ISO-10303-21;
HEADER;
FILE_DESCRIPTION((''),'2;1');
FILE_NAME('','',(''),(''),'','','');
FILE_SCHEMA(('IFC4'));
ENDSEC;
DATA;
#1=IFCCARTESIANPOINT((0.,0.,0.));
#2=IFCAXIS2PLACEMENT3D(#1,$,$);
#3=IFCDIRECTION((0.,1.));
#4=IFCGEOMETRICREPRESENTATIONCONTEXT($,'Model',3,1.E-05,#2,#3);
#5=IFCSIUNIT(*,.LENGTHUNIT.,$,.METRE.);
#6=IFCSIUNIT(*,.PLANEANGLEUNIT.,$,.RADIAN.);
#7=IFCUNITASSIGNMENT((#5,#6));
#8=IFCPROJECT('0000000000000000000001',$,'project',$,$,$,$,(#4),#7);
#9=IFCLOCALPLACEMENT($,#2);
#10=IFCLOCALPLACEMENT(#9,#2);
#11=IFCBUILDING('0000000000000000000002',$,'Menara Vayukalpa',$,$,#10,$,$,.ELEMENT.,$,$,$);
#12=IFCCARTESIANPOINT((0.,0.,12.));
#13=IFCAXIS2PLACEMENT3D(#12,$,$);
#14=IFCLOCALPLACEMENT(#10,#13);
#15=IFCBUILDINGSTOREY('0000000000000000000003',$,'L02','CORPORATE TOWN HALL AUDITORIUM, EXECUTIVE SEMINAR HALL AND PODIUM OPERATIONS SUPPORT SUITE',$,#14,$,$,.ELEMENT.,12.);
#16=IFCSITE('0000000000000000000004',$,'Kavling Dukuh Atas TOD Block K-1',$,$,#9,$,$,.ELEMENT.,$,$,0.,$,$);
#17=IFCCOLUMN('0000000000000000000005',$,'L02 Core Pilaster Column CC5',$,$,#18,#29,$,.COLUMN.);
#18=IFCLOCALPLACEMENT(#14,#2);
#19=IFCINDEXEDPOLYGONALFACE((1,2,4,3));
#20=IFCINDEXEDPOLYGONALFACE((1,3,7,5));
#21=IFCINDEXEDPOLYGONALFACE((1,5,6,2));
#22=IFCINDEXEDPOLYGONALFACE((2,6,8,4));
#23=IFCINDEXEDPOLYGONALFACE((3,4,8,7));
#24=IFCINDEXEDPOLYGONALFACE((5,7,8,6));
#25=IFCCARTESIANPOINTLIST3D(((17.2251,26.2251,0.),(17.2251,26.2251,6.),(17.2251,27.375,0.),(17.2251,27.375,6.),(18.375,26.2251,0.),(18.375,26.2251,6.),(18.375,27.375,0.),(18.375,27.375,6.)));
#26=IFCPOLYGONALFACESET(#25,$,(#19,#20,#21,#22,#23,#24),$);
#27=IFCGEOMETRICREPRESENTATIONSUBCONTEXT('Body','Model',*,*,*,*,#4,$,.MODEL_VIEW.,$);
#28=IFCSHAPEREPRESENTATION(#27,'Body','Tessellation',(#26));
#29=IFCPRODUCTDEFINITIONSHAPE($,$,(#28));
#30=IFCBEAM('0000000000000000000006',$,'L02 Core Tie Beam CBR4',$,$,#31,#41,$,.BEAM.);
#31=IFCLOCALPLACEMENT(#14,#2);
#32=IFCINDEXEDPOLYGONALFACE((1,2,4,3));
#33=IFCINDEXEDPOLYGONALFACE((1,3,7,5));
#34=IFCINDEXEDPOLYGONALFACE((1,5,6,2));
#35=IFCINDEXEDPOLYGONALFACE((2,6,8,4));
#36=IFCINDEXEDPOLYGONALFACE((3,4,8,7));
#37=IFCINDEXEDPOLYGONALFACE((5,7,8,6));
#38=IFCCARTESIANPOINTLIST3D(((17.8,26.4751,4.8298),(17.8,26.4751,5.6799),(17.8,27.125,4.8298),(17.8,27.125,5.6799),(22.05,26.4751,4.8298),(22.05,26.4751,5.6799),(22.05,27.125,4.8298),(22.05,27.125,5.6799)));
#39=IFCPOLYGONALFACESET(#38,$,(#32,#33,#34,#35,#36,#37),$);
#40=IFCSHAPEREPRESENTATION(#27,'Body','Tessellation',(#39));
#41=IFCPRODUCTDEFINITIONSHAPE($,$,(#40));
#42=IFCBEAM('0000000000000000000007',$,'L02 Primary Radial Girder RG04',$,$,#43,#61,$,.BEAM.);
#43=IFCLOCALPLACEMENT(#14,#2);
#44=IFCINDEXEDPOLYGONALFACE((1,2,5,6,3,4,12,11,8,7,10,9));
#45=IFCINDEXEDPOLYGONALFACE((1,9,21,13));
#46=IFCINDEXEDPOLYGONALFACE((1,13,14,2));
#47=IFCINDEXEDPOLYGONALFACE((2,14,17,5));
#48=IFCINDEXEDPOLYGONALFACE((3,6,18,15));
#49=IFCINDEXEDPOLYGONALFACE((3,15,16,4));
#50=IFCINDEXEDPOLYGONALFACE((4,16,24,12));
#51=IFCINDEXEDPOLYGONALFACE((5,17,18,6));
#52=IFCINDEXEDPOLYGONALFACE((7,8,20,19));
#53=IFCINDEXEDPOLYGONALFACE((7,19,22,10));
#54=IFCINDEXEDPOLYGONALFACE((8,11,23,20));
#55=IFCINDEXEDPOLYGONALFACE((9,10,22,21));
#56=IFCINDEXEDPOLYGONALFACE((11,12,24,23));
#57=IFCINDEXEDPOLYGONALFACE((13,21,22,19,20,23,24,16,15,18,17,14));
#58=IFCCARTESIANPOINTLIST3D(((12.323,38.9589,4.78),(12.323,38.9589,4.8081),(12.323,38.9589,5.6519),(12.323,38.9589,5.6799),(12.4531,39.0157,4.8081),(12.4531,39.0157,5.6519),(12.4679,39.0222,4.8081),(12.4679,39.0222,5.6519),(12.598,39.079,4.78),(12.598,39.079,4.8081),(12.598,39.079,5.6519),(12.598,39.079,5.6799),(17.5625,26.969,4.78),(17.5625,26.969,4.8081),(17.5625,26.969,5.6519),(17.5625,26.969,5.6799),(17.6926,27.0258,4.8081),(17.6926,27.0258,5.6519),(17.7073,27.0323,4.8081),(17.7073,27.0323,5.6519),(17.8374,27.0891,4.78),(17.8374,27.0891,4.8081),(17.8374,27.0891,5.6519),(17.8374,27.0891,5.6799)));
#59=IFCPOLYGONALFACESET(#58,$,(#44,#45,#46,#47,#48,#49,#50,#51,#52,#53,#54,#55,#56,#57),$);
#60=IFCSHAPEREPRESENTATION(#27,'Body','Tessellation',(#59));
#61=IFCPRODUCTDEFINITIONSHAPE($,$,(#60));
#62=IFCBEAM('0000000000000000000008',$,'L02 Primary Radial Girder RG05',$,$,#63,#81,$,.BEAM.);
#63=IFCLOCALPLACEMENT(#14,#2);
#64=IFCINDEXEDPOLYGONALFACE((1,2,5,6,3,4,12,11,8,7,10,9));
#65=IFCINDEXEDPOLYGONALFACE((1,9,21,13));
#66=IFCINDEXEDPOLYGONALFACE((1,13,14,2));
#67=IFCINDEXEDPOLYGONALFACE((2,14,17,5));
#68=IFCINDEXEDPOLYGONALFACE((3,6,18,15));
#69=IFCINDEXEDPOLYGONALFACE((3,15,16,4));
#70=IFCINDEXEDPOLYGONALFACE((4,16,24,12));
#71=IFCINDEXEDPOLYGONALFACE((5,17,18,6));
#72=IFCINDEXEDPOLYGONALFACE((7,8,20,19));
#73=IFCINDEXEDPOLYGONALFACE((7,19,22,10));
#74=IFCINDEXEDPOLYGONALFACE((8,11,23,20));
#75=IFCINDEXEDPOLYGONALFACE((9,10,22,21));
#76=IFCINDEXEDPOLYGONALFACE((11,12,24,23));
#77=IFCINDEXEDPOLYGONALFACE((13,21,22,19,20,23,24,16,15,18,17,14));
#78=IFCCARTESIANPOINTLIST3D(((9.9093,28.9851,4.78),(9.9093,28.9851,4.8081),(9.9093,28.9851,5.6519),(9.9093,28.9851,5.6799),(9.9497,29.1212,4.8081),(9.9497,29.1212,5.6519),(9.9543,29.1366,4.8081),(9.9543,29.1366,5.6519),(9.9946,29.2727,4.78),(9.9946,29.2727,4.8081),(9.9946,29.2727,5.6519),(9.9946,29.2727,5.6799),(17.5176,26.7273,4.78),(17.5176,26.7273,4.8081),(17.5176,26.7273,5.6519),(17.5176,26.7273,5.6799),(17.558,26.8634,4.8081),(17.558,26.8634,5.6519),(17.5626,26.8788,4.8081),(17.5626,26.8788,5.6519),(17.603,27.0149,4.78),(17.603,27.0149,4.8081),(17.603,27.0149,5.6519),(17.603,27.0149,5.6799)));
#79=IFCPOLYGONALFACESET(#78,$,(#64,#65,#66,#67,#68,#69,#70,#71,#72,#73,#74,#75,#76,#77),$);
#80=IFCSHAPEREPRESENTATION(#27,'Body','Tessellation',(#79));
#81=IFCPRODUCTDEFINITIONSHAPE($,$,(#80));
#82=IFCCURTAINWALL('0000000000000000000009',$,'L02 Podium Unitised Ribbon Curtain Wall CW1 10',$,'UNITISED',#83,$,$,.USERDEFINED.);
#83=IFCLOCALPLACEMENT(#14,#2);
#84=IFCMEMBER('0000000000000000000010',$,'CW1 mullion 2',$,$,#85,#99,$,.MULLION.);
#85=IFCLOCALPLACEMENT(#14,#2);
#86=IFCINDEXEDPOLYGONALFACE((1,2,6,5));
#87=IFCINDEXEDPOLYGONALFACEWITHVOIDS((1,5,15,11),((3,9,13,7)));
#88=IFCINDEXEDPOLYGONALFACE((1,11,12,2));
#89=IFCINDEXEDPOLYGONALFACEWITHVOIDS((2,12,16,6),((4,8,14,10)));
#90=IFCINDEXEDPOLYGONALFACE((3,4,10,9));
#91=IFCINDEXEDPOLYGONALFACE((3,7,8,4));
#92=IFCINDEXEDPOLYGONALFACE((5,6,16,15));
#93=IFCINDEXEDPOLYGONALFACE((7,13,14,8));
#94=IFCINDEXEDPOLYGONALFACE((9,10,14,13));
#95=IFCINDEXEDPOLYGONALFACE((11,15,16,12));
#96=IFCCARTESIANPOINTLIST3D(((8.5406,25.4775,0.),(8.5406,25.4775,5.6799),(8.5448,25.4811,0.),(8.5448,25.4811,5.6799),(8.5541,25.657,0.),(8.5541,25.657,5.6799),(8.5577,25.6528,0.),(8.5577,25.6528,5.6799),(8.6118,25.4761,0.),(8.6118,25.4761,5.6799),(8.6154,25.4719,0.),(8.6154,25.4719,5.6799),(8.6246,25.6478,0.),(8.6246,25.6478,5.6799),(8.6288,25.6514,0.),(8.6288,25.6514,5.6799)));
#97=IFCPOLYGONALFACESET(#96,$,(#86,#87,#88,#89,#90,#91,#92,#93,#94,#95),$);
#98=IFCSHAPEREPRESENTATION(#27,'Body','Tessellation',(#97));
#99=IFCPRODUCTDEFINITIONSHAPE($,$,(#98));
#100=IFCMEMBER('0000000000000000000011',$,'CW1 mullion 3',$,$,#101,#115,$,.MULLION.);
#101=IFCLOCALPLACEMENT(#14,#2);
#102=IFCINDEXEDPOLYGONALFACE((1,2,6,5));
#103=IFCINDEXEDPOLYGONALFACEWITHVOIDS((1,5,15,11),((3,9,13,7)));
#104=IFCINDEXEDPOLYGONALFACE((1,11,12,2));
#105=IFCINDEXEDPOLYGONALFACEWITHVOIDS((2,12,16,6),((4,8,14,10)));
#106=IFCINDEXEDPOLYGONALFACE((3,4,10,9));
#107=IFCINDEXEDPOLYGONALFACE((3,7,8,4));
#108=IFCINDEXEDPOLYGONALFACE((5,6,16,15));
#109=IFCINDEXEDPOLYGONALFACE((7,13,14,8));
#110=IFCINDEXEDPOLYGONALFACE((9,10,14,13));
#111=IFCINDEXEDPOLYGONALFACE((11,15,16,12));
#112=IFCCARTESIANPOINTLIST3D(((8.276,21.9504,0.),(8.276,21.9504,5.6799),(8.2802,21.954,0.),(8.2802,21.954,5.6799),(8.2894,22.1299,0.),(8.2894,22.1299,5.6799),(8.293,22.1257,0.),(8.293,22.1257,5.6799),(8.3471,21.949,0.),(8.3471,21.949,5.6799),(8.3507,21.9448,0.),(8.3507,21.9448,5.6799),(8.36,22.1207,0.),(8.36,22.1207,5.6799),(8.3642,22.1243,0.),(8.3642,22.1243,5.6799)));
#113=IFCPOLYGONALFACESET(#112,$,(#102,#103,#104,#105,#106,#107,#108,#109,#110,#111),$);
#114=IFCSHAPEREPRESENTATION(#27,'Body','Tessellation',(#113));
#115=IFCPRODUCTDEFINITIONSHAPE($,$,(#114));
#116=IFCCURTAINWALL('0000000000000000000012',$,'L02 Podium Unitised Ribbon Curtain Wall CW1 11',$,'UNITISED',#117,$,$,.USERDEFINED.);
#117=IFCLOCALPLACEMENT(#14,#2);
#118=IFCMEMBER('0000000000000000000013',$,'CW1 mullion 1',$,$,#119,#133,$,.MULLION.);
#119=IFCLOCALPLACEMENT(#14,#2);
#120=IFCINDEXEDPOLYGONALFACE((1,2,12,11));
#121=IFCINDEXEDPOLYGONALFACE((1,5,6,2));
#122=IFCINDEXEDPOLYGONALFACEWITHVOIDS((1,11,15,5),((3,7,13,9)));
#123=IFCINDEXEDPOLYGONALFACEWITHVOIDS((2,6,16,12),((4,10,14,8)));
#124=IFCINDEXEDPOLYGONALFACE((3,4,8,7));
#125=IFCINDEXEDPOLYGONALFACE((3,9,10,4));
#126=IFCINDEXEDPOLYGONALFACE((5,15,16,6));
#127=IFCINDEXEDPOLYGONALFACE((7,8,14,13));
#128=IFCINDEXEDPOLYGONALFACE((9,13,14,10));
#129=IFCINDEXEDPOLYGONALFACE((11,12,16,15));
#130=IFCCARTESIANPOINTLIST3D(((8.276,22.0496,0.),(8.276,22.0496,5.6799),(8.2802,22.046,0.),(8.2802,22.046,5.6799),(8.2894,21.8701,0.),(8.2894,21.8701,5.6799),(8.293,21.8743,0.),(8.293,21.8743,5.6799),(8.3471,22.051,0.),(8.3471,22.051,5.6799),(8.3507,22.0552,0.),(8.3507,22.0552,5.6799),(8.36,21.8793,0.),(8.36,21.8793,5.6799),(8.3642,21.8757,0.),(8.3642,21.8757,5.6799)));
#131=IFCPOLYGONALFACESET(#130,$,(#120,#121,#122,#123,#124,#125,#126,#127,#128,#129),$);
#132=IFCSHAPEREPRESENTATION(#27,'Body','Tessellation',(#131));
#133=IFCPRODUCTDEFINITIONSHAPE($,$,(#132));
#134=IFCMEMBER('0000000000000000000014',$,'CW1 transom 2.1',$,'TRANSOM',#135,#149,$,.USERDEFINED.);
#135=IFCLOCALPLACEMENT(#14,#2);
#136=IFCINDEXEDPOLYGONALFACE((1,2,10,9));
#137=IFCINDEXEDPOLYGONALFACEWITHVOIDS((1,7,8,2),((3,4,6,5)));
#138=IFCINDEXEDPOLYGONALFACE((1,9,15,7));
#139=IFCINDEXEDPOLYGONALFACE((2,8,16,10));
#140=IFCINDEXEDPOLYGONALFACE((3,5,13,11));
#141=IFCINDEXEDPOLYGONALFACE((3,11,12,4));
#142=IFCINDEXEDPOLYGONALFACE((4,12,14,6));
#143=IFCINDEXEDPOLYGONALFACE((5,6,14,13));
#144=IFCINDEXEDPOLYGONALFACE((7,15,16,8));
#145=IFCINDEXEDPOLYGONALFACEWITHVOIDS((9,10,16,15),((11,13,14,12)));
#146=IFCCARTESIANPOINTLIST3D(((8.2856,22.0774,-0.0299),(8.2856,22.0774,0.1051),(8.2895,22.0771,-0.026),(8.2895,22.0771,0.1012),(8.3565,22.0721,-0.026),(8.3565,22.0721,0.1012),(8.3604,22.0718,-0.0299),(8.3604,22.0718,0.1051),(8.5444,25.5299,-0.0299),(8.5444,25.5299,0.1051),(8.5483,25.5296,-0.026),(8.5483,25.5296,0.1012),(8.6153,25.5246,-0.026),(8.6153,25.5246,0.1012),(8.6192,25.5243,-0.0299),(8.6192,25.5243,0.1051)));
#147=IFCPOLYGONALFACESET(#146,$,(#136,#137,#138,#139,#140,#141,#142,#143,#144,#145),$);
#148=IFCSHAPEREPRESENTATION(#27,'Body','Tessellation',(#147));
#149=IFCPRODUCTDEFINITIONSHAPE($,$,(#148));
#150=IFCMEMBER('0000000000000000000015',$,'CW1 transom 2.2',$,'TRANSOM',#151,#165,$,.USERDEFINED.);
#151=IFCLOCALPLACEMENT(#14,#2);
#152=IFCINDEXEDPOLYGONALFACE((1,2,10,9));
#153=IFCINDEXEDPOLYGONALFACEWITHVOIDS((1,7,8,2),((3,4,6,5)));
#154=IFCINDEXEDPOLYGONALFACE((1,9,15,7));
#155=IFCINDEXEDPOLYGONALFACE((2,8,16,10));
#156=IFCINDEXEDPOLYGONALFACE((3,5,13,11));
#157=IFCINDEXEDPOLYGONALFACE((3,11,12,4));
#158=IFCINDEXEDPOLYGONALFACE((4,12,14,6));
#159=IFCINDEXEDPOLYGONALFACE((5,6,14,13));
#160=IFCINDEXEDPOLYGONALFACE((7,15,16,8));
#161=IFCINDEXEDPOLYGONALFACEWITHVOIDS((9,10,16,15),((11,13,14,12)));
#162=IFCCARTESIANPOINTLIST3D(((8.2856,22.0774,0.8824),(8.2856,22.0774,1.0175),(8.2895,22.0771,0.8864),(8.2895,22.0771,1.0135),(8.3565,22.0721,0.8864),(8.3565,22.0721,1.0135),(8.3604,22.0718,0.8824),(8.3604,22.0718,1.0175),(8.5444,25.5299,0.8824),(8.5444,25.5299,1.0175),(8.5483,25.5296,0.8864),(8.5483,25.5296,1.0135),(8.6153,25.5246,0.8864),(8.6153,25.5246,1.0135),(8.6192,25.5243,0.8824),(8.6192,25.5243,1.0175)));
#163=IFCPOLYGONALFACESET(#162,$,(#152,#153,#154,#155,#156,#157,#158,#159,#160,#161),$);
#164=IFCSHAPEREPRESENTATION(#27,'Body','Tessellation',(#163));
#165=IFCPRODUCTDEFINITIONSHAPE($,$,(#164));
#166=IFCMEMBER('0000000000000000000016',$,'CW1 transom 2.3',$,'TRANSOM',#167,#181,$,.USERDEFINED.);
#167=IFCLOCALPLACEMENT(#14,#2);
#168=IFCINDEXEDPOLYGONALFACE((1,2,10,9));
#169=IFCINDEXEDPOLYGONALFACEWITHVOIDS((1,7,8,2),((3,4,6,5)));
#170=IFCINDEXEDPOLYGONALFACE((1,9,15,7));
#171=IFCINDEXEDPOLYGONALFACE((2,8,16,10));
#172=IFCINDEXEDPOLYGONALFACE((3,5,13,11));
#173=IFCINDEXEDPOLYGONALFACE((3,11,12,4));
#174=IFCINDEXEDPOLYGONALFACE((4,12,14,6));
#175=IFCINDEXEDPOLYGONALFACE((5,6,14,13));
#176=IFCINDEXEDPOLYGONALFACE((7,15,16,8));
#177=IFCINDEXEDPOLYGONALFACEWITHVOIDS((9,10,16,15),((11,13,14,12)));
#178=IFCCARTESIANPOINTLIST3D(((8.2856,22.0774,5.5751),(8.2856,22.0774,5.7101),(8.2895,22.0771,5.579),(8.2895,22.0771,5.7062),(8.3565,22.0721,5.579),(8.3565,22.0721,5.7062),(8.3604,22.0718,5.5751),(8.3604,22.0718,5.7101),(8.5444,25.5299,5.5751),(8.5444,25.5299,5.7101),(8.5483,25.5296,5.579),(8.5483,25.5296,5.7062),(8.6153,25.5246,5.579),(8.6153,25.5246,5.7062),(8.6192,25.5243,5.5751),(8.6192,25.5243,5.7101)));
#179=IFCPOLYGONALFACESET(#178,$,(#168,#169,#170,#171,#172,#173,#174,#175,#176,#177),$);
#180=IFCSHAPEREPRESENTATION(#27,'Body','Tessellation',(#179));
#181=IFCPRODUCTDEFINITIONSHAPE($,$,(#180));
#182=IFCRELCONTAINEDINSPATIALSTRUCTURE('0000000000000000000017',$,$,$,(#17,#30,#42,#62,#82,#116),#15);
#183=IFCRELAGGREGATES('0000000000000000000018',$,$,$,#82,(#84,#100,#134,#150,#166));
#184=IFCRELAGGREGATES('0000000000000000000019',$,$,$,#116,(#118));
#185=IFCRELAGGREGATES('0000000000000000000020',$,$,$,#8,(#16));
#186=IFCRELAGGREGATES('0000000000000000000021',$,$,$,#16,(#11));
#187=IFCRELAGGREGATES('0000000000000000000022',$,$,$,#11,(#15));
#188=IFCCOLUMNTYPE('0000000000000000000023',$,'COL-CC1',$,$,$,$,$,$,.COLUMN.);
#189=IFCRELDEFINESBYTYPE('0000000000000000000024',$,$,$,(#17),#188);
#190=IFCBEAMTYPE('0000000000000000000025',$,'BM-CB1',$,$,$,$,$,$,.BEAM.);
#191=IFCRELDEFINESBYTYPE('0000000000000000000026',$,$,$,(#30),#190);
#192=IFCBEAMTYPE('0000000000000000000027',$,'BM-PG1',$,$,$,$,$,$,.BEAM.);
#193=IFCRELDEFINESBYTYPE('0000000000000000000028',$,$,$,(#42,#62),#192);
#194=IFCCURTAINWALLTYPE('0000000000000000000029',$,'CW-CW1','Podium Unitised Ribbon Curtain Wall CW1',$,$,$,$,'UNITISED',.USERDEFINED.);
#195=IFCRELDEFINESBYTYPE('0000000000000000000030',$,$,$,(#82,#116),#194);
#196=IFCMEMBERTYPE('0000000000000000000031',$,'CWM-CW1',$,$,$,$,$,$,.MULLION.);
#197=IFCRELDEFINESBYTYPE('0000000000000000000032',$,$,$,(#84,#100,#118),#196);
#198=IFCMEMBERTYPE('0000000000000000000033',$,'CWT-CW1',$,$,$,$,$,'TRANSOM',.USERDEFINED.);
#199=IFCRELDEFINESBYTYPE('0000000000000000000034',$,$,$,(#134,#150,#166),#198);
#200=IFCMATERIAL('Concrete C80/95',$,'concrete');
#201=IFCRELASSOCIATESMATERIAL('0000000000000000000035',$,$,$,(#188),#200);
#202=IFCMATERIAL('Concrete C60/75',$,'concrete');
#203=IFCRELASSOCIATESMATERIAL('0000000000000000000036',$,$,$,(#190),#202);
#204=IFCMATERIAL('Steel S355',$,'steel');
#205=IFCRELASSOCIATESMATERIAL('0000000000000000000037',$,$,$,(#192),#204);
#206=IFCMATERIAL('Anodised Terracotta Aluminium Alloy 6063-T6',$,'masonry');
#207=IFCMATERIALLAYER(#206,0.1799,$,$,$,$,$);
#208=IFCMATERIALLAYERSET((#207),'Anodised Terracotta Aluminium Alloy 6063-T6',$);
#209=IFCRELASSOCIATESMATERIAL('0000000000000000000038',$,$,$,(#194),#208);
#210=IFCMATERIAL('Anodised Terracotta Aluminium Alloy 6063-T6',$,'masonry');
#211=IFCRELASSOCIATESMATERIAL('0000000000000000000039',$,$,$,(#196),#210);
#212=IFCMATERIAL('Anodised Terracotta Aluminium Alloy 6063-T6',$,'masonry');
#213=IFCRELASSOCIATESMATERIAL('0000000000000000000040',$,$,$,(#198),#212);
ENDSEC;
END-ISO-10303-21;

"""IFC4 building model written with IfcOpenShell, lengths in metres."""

from ifc_helpers import new_model, si_unit, direction, frame, origin, origin_2d, place, context, subcontext, project, spatial, rectangle, hollow_rectangle, i_section, extrude, material, layer, layer_set, material_profile, profile_set, type_object, element, aggregate, save


model = new_model("IFC4")

# Units and contexts
model_context = context("Model", 3, precision=1e-05, world=origin(), true_north=direction((0.0, 1.0)))
body_context = subcontext(model_context, "Body", "Model", "MODEL_VIEW")
ifc_project = project(units=[si_unit("LENGTHUNIT", "METRE"), si_unit("PLANEANGLEUNIT", "RADIAN")], contexts=[model_context])

# Site, building, storey
site_placement = place(None, origin())
site = spatial("IfcSite", under=ifc_project, at=site_placement, Name="Kavling Dukuh Atas TOD Block K-1", CompositionType="ELEMENT", RefElevation=0.0)
building_placement = place(site_placement, origin())
building = spatial("IfcBuilding", under=site, at=building_placement, Name="Menara Vayukalpa", CompositionType="ELEMENT")
storey_placement = place(building_placement, frame((0.0, 0.0, 12.0)))
storey = spatial("IfcBuildingStorey", under=building, at=storey_placement, Name="L02", Description="CORPORATE TOWN HALL AUDITORIUM, EXECUTIVE SEMINAR HALL AND PODIUM OPERATIONS SUPPORT SUITE", CompositionType="ELEMENT", Elevation=12.0)

# Column
ifc_material_1 = material(Name="Concrete C80/95", Category="concrete")
ifc_material_profile_1 = material_profile(ifc_material_1, rectangle(XDim=1.1499, YDim=1.1499, at=origin_2d()), Name="RC 1150x1150")
ifc_profile_set_1 = profile_set([ifc_material_profile_1], Name="Concrete C80/95")
column_type = type_object("IfcColumnType", Name="COL-CC1", PredefinedType="COLUMN", material=ifc_profile_set_1)
column_placement = place(storey_placement, frame((17.8, 26.8, 0.0), z_axis=(0.0, 0.0, 1.0), x_axis=(1.0, 0.0, 0.0)))
element("IfcColumn", 1, at=column_placement, inside=storey, type_object=column_type, Name="L02 Core Pilaster Column CC5", PredefinedType="COLUMN", context=body_context, shape_type="SweptSolid", body=[
    extrude(rectangle(XDim=1.1499, YDim=1.1499, at=origin_2d()), origin(), (0.0, 0.0, 1.0), 6.0),
])

# Beams
ifc_material_2 = material(Name="Concrete C60/75", Category="concrete")
ifc_material_profile_2 = material_profile(ifc_material_2, rectangle(XDim=0.6499, YDim=0.8501, at=origin_2d()), Name="RC 650x850")
ifc_profile_set_2 = profile_set([ifc_material_profile_2], Name="Concrete C60/75")
beam_type_1 = type_object("IfcBeamType", Name="BM-CB1", PredefinedType="BEAM", material=ifc_profile_set_2)
beam_1_placement = place(storey_placement, frame((17.8, 26.8, 5.2549), z_axis=(1.0, 0.0, 0.0), x_axis=(0.0, 1.0, 0.0)))
element("IfcBeam", 2, at=beam_1_placement, inside=storey, type_object=beam_type_1, Name="L02 Core Tie Beam CBR4", PredefinedType="BEAM", context=body_context, shape_type="SweptSolid", body=[
    extrude(rectangle(XDim=0.6499, YDim=0.8501, at=origin_2d()), origin(), (0.0, 0.0, 1.0), 4.25),
])
ifc_material_3 = material(Name="Steel S355", Category="steel")
ifc_material_profile_3 = material_profile(ifc_material_3, i_section(OverallWidth=0.3, OverallDepth=0.8999, WebThickness=0.0161, FlangeThickness=0.0281, at=origin_2d()), Name="WF 900x300x16x28")
ifc_profile_set_3 = profile_set([ifc_material_profile_3], Name="Steel S355")
beam_type_2 = type_object("IfcBeamType", Name="BM-PG1", PredefinedType="BEAM", material=ifc_profile_set_3)
beam_2_placement = place(storey_placement, frame((17.7, 27.0291, 5.23), z_axis=(-0.400426, 0.916329, 0.0), x_axis=(-0.916329, -0.400426, 0.0)))
element("IfcBeam", 3, at=beam_2_placement, inside=storey, type_object=beam_type_2, Name="L02 Primary Radial Girder RG04", PredefinedType="BEAM", context=body_context, shape_type="SweptSolid", body=[
    extrude(i_section(OverallWidth=0.3, OverallDepth=0.8999, WebThickness=0.0161, FlangeThickness=0.0281, at=origin_2d()), origin(), (0.0, 0.0, 1.0), 13.0847),
])
beam_3_placement = place(storey_placement, frame((17.5603, 26.8711, 5.23), z_axis=(-0.958679, 0.284491, 0.0), x_axis=(-0.284491, -0.958679, 0.0)))
element("IfcBeam", 4, at=beam_3_placement, inside=storey, type_object=beam_type_2, Name="L02 Primary Radial Girder RG05", PredefinedType="BEAM", context=body_context, shape_type="SweptSolid", body=[
    extrude(i_section(OverallWidth=0.3, OverallDepth=0.8999, WebThickness=0.0161, FlangeThickness=0.0281, at=origin_2d()), origin(), (0.0, 0.0, 1.0), 7.9363),
])

# Curtain wall, members
ifc_material_4 = material(Name="Anodised Terracotta Aluminium Alloy 6063-T6", Category="masonry")
ifc_layer_1 = layer(ifc_material_4, 0.1799)
ifc_layer_set_1 = layer_set([ifc_layer_1], Name="Anodised Terracotta Aluminium Alloy 6063-T6")
curtain_wall_type = type_object("IfcCurtainWallType", Name="CW-CW1", Description="Podium Unitised Ribbon Curtain Wall CW1", ElementType="UNITISED", PredefinedType="USERDEFINED", material=ifc_layer_set_1)
curtain_wall_1_placement = place(storey_placement, origin())
curtain_wall_1 = element("IfcCurtainWall", 5, at=curtain_wall_1_placement, inside=storey, type_object=curtain_wall_type, Name="L02 Podium Unitised Ribbon Curtain Wall CW1 10", ObjectType="UNITISED", PredefinedType="USERDEFINED")
ifc_material_5 = material(Name="Anodised Terracotta Aluminium Alloy 6063-T6", Category="masonry")
ifc_material_profile_4 = material_profile(ifc_material_5, hollow_rectangle(XDim=0.075, YDim=0.1799, WallThickness=0.0039, at=origin_2d()), Name="ALU 75x180x4")
ifc_profile_set_4 = profile_set([ifc_material_profile_4], Name="Anodised Terracotta Aluminium Alloy 6063-T6")
member_type_1 = type_object("IfcMemberType", Name="CWM-CW1", PredefinedType="MULLION", material=ifc_profile_set_4)
member_1_placement = place(storey_placement, frame((8.5847, 25.5645, 0.0), z_axis=(0.0, 0.0, 1.0), x_axis=(0.997199, -0.074794, 0.0)))
member_1 = element("IfcMember", 6, at=member_1_placement, type_object=member_type_1, Name="CW1 mullion 2", PredefinedType="MULLION", context=body_context, shape_type="SweptSolid", body=[
    extrude(hollow_rectangle(XDim=0.075, YDim=0.1799, WallThickness=0.0039, at=origin_2d()), origin(), (0.0, 0.0, 1.0), 5.6799),
])
member_2_placement = place(storey_placement, frame((8.3201, 22.0374, 0.0), z_axis=(0.0, 0.0, 1.0), x_axis=(0.997199, -0.074794, 0.0)))
member_2 = element("IfcMember", 7, at=member_2_placement, type_object=member_type_1, Name="CW1 mullion 3", PredefinedType="MULLION", context=body_context, shape_type="SweptSolid", body=[
    extrude(hollow_rectangle(XDim=0.075, YDim=0.1799, WallThickness=0.0039, at=origin_2d()), origin(), (0.0, 0.0, 1.0), 5.6799),
])

# Curtain wall, member
curtain_wall_2_placement = place(storey_placement, origin())
curtain_wall_2 = element("IfcCurtainWall", 8, at=curtain_wall_2_placement, inside=storey, type_object=curtain_wall_type, Name="L02 Podium Unitised Ribbon Curtain Wall CW1 11", ObjectType="UNITISED", PredefinedType="USERDEFINED")
member_3_placement = place(storey_placement, frame((8.3201, 21.9626, 0.0), z_axis=(0.0, 0.0, 1.0), x_axis=(0.997199, 0.074794, 0.0)))
member_3 = element("IfcMember", 9, at=member_3_placement, type_object=member_type_1, Name="CW1 mullion 1", PredefinedType="MULLION", context=body_context, shape_type="SweptSolid", body=[
    extrude(hollow_rectangle(XDim=0.075, YDim=0.1799, WallThickness=0.0039, at=origin_2d()), origin(), (0.0, 0.0, 1.0), 5.6799),
])

# Members
ifc_material_6 = material(Name="Anodised Terracotta Aluminium Alloy 6063-T6", Category="masonry")
ifc_material_profile_5 = material_profile(ifc_material_6, hollow_rectangle(XDim=0.075, YDim=0.135, WallThickness=0.0039, at=origin_2d()), Name="ALU 75x135x4")
ifc_profile_set_5 = profile_set([ifc_material_profile_5], Name="Anodised Terracotta Aluminium Alloy 6063-T6")
member_type_2 = type_object("IfcMemberType", Name="CWT-CW1", ElementType="TRANSOM", PredefinedType="USERDEFINED", material=ifc_profile_set_5)
member_4_placement = place(storey_placement, frame((8.5818, 25.5271, 0.0376), z_axis=(-0.07475, -0.997202, 0.0), x_axis=(0.997202, -0.07475, 0.0)))
member_4 = element("IfcMember", 10, at=member_4_placement, type_object=member_type_2, Name="CW1 transom 2.1", ObjectType="TRANSOM", PredefinedType="USERDEFINED", context=body_context, shape_type="SweptSolid", body=[
    extrude(hollow_rectangle(XDim=0.075, YDim=0.135, WallThickness=0.0039, at=origin_2d()), origin(), (0.0, 0.0, 1.0), 3.4622),
])
member_5_placement = place(storey_placement, frame((8.5818, 25.5271, 0.95), z_axis=(-0.07475, -0.997202, 0.0), x_axis=(0.997202, -0.07475, 0.0)))
member_5 = element("IfcMember", 11, at=member_5_placement, type_object=member_type_2, Name="CW1 transom 2.2", ObjectType="TRANSOM", PredefinedType="USERDEFINED", context=body_context, shape_type="SweptSolid", body=[
    extrude(hollow_rectangle(XDim=0.075, YDim=0.135, WallThickness=0.0039, at=origin_2d()), origin(), (0.0, 0.0, 1.0), 3.4622),
])
member_6_placement = place(storey_placement, frame((8.5818, 25.5271, 5.6426), z_axis=(-0.07475, -0.997202, 0.0), x_axis=(0.997202, -0.07475, 0.0)))
member_6 = element("IfcMember", 12, at=member_6_placement, type_object=member_type_2, Name="CW1 transom 2.3", ObjectType="TRANSOM", PredefinedType="USERDEFINED", context=body_context, shape_type="SweptSolid", body=[
    extrude(hollow_rectangle(XDim=0.075, YDim=0.135, WallThickness=0.0039, at=origin_2d()), origin(), (0.0, 0.0, 1.0), 3.4622),
])

aggregate(curtain_wall_1, [member_1, member_2, member_4, member_5, member_6])
aggregate(curtain_wall_2, [member_3])

save(model, "model.ifc")
